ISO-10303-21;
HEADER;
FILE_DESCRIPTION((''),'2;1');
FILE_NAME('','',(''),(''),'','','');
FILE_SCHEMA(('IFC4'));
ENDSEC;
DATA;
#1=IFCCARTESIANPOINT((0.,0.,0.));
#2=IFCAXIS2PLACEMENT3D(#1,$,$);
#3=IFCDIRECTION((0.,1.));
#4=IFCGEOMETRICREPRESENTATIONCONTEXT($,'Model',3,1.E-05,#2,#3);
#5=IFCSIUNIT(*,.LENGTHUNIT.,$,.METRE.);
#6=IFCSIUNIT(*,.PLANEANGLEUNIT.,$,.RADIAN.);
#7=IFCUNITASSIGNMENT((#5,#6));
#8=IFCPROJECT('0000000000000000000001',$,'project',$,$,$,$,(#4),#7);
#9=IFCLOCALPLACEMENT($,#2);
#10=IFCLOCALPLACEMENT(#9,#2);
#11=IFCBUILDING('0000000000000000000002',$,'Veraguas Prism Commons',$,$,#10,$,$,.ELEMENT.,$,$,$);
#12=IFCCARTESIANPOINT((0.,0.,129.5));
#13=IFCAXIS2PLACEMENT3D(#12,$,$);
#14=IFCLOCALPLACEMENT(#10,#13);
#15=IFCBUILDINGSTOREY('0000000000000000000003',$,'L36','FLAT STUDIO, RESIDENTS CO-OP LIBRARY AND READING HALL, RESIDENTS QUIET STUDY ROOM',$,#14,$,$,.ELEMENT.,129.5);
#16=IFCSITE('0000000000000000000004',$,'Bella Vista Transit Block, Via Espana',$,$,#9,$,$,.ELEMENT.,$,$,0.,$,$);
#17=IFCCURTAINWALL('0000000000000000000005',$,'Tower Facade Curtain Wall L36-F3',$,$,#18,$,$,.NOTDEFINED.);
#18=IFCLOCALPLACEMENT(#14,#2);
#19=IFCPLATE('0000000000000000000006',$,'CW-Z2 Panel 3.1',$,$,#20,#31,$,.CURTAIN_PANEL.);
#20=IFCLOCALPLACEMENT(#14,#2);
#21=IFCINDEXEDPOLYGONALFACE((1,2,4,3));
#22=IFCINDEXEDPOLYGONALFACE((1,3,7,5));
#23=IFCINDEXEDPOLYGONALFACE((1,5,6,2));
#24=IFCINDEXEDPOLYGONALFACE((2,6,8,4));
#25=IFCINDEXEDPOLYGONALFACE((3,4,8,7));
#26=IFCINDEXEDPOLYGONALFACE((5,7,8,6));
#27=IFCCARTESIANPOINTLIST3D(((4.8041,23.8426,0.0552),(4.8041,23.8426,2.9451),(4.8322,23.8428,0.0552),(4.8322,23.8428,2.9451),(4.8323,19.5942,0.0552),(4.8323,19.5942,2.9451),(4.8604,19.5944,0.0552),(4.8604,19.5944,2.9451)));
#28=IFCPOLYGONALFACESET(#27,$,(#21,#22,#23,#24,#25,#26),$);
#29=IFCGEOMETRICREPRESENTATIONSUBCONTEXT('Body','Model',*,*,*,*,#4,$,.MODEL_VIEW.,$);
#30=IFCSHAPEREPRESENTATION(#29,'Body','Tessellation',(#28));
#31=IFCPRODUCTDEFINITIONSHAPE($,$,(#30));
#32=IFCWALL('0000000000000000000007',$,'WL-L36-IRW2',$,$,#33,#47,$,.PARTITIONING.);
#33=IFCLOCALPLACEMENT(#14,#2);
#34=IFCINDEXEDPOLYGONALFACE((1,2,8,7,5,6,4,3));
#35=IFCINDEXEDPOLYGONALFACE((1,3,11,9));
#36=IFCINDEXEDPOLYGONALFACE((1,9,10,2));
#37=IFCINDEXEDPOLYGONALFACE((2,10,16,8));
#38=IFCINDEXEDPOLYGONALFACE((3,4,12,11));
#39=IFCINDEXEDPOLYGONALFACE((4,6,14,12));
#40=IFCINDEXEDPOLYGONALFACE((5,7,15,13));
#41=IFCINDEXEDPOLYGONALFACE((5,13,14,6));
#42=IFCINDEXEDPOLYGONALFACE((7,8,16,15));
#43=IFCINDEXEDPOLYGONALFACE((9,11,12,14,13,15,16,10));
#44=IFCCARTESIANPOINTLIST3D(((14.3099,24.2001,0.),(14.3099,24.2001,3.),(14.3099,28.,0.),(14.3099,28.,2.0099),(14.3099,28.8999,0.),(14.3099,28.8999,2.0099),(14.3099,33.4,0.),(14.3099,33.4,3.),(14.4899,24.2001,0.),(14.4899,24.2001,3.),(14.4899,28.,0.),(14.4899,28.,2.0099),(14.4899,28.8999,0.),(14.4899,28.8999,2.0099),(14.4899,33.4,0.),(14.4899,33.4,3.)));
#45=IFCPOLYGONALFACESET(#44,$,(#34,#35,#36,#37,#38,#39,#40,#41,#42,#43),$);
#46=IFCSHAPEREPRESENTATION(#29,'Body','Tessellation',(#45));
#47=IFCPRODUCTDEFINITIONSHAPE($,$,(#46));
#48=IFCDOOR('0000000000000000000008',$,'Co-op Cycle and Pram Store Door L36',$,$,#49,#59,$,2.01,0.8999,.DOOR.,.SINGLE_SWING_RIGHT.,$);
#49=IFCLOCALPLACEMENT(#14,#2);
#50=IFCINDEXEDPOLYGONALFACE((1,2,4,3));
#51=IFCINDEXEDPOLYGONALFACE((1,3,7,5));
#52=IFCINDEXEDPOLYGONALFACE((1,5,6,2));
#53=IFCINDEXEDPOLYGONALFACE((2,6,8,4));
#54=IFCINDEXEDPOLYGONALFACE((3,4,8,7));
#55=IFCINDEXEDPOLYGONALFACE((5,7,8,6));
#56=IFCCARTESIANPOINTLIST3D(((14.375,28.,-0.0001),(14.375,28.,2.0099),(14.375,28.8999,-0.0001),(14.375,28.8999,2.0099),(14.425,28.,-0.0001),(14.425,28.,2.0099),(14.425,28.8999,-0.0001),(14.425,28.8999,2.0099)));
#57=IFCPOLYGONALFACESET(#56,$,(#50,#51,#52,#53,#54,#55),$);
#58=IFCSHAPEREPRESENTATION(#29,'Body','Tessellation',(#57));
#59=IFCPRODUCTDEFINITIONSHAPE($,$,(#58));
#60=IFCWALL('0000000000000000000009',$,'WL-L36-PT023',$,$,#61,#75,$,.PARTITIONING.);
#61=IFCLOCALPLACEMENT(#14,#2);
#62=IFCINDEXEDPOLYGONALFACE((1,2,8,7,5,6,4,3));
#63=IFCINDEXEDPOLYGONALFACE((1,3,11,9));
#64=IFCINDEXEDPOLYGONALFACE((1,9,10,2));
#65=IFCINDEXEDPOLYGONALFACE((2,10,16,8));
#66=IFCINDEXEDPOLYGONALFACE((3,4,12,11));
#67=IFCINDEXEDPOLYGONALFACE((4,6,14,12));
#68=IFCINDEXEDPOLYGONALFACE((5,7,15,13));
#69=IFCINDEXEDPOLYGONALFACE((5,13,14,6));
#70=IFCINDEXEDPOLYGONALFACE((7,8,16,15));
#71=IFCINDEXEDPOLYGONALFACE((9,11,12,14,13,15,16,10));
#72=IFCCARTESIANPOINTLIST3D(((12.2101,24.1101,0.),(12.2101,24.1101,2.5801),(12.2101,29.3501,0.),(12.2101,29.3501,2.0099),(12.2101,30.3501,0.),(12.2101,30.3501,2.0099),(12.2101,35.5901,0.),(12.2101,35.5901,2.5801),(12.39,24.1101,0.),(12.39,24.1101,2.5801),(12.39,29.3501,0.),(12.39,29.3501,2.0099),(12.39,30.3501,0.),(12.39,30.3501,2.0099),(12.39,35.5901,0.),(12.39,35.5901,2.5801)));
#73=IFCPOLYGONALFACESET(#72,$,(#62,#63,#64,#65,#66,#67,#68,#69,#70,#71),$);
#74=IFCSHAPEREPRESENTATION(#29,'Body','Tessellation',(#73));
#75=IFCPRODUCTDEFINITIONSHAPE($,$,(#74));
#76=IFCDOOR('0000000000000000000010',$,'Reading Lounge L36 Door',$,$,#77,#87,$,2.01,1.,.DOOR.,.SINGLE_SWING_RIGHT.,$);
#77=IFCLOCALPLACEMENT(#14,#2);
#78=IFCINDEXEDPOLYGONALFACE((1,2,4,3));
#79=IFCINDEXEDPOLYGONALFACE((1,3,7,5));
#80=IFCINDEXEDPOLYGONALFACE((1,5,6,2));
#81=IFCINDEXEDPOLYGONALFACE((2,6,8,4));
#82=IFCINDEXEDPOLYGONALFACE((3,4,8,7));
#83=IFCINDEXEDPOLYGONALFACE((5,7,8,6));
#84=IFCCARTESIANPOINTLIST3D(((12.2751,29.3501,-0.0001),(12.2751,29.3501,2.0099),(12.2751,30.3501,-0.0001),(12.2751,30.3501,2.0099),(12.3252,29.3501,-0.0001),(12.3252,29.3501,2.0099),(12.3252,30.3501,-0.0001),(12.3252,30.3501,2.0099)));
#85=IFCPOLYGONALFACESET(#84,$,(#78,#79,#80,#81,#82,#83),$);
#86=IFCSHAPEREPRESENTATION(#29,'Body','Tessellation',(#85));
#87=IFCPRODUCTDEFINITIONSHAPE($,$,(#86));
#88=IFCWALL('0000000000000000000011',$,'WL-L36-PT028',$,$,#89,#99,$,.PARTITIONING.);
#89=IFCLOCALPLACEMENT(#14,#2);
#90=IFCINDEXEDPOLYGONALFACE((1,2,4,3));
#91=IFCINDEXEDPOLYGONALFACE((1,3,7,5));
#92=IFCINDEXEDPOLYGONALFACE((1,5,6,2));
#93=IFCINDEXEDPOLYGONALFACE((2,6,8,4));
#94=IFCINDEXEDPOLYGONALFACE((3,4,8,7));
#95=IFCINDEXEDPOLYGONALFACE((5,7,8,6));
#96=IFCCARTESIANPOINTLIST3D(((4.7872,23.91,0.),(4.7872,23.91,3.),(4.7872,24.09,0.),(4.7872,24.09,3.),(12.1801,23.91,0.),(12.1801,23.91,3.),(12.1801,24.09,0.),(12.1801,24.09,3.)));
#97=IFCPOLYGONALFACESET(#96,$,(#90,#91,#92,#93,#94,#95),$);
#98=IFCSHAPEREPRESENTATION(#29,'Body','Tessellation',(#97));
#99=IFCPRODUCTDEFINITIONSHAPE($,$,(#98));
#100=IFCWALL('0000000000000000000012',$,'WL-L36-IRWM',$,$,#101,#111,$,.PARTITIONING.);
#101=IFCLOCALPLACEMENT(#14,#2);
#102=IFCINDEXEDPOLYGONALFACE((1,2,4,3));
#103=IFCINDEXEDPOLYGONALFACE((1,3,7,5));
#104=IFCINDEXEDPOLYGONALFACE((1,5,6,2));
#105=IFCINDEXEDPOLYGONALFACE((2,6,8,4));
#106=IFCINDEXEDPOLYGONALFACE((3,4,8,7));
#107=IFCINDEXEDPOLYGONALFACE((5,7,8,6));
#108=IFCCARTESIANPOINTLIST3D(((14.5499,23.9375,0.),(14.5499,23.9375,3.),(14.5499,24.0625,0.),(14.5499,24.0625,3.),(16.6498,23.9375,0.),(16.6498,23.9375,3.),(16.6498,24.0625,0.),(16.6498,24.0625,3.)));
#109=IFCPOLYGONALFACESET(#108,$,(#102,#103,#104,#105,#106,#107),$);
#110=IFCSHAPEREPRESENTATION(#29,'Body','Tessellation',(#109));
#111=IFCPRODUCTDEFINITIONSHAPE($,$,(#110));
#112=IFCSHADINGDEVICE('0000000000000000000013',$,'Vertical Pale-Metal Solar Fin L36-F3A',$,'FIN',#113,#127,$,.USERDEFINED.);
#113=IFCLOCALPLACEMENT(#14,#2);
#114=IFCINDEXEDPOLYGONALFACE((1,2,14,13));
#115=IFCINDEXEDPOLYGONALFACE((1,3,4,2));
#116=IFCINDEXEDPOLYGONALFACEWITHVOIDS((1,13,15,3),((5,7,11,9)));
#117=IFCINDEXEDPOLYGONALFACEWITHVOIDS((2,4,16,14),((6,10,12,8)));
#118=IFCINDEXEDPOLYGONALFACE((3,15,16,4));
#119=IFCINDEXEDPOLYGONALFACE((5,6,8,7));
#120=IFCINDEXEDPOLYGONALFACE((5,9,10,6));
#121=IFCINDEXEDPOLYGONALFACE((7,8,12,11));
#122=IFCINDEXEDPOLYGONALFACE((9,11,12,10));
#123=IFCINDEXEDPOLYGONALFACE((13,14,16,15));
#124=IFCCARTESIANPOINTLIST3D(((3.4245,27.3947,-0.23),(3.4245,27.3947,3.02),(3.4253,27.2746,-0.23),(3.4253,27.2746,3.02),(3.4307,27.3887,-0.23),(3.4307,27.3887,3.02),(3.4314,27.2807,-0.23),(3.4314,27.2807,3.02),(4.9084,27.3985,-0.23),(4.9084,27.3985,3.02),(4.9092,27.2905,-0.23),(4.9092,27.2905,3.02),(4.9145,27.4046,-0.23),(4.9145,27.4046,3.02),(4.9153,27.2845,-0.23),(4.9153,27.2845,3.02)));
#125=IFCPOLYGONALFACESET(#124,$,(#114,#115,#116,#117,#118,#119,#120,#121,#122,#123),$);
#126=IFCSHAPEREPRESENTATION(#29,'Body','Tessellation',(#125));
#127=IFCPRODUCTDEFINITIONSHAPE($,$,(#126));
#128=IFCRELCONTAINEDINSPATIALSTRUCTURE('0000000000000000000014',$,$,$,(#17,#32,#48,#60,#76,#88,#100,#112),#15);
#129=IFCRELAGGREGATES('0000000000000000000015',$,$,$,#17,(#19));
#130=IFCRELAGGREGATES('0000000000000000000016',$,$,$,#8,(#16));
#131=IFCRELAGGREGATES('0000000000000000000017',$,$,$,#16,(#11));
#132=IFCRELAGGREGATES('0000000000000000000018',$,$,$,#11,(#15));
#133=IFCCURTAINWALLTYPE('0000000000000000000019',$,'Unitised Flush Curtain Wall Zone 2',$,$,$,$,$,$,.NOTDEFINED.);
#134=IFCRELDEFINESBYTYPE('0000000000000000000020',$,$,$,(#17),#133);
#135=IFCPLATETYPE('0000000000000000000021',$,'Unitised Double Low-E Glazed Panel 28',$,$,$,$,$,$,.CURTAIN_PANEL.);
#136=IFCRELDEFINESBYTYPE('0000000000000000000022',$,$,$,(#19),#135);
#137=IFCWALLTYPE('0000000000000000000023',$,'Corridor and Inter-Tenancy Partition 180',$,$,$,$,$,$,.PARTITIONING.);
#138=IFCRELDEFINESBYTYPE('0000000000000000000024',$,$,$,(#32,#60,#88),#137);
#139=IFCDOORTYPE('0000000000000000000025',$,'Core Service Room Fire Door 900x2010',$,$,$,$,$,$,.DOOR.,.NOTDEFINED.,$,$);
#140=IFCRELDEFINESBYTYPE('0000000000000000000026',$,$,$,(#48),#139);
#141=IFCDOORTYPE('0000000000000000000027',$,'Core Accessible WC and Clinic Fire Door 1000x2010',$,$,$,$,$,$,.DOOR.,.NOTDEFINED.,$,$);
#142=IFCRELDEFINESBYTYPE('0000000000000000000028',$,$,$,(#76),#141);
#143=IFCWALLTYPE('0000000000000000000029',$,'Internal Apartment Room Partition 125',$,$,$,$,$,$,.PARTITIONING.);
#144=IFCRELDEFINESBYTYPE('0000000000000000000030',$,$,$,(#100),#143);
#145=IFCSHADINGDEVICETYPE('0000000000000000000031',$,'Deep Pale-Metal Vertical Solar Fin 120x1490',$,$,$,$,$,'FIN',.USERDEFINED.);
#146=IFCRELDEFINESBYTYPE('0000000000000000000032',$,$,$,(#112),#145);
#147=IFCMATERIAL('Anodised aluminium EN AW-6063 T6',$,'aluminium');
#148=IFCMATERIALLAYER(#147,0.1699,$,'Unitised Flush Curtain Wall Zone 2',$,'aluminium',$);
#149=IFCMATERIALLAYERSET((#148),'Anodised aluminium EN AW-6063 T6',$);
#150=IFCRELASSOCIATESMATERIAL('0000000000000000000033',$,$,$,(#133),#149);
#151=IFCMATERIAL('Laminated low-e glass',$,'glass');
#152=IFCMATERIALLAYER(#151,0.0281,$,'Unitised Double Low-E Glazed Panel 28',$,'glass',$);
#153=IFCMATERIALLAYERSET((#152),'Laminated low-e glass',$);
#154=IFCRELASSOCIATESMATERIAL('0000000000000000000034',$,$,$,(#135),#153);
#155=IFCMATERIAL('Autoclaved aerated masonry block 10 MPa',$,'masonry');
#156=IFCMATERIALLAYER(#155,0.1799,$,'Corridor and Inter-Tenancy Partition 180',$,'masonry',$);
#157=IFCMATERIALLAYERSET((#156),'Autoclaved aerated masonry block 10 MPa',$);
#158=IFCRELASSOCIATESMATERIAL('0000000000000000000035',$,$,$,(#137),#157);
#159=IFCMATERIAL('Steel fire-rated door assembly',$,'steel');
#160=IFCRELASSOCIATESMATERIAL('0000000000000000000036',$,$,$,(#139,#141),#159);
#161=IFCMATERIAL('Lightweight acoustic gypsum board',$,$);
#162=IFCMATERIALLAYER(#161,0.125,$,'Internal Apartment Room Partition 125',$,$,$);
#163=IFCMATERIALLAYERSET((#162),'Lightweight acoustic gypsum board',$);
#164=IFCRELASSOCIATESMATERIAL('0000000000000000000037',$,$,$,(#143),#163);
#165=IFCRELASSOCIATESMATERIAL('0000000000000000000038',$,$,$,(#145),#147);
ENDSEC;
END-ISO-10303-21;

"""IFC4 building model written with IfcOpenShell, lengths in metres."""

from ifc_helpers import new_model, si_unit, direction, frame, frame_2d, origin, origin_2d, place, context, subcontext, project, spatial, rectangle, hollow_rectangle, extrude, source, transform, mapped, material, layer, layer_set, material_profile, profile_set, type_object, element, fill, aggregate, save


model = new_model("IFC4")

# Units and contexts
model_context = context("Model", 3, precision=1e-05, world=origin(), true_north=direction((0.0, 1.0)))
body_context = subcontext(model_context, "Body", "Model", "MODEL_VIEW")
ifc_project = project(units=[si_unit("LENGTHUNIT", "METRE"), si_unit("PLANEANGLEUNIT", "RADIAN")], contexts=[model_context])

# Site, building, storey
site_placement = place(None, origin())
site = spatial("IfcSite", under=ifc_project, at=site_placement, Name="Bella Vista Transit Block, Via Espana", CompositionType="ELEMENT", RefElevation=0.0)
building_placement = place(site_placement, origin())
building = spatial("IfcBuilding", under=site, at=building_placement, Name="Veraguas Prism Commons", CompositionType="ELEMENT")
storey_placement = place(building_placement, frame((0.0, 0.0, 129.5)))
storey = spatial("IfcBuildingStorey", under=building, at=storey_placement, Name="L36", Description="FLAT STUDIO, RESIDENTS CO-OP LIBRARY AND READING HALL, RESIDENTS QUIET STUDY ROOM", CompositionType="ELEMENT", Elevation=129.5)

# Curtain wall, plate
ifc_material_1 = material(Name="Anodised aluminium EN AW-6063 T6", Category="aluminium")
ifc_layer_1 = layer(ifc_material_1, 0.1699, Name="Unitised Flush Curtain Wall Zone 2", Category="aluminium")
ifc_layer_set_1 = layer_set([ifc_layer_1], Name="Anodised aluminium EN AW-6063 T6")
curtain_wall_type = type_object("IfcCurtainWallType", Name="Unitised Flush Curtain Wall Zone 2", PredefinedType="NOTDEFINED", material=ifc_layer_set_1)
curtain_wall_placement = place(storey_placement, origin())
curtain_wall = element("IfcCurtainWall", 1, at=curtain_wall_placement, inside=storey, type_object=curtain_wall_type, Name="Tower Facade Curtain Wall L36-F3", PredefinedType="NOTDEFINED")
ifc_material_2 = material(Name="Laminated low-e glass", Category="glass")
ifc_layer_2 = layer(ifc_material_2, 0.0281, Name="Unitised Double Low-E Glazed Panel 28", Category="glass")
ifc_layer_set_2 = layer_set([ifc_layer_2], Name="Laminated low-e glass")
plate_type = type_object("IfcPlateType", Name="Unitised Double Low-E Glazed Panel 28", PredefinedType="CURTAIN_PANEL", material=ifc_layer_set_2)
shared_shape_1 = source(origin(), body_context, "Body", "SweptSolid", [
    extrude(rectangle(XDim=4.2485, YDim=0.0281, at=origin_2d()), origin(), (0.0, 0.0, 1.0), 2.8899),
])
plate_1_placement = place(storey_placement, frame((4.8323, 21.7185, 0.0552), z_axis=(0.0, 0.0, 1.0), x_axis=(0.006632, -0.999978, 0.0)))
plate_1 = element("IfcPlate", 2, at=plate_1_placement, type_object=plate_type, Name="CW-Z2 Panel 3.1", PredefinedType="CURTAIN_PANEL", context=body_context, shape_type="MappedRepresentation", body=[
    mapped(shared_shape_1, transform((0.0, 0.0, 0.0), scale=1.0)),
])
aggregate(curtain_wall, [plate_1])

# Walls, openings, doors
ifc_material_3 = material(Name="Autoclaved aerated masonry block 10 MPa", Category="masonry")
ifc_layer_3 = layer(ifc_material_3, 0.1799, Name="Corridor and Inter-Tenancy Partition 180", Category="masonry")
ifc_layer_set_3 = layer_set([ifc_layer_3], Name="Autoclaved aerated masonry block 10 MPa")
wall_type_1 = type_object("IfcWallType", Name="Corridor and Inter-Tenancy Partition 180", PredefinedType="PARTITIONING", material=ifc_layer_set_3)
wall_1_placement = place(storey_placement, frame((14.3999, 24.2, 0.0), z_axis=(0.0, 0.0, 1.0), x_axis=(0.0, 1.0, 0.0)))
wall_1 = element("IfcWall", 3, at=wall_1_placement, inside=storey, type_object=wall_type_1, Name="WL-L36-IRW2", PredefinedType="PARTITIONING", context=body_context, shape_type="SweptSolid", body=[
    extrude(rectangle(XDim=9.2, YDim=0.1799, at=frame_2d((4.6001, 0.0))), origin(), (0.0, 0.0, 1.0), 3.0),
])
opening_1_placement = place(wall_1_placement, frame((3.8, 0.0, 0.0)))
opening_1 = element("IfcOpeningElement", 4, at=opening_1_placement, cuts=wall_1, PredefinedType="OPENING", context=body_context, shape_type="SweptSolid", body=[
    extrude(rectangle(XDim=0.8999, YDim=2.01, at=frame_2d((0.45, 1.0049))), frame((0.0, 0.0999, 0.0), z_axis=(0.0, -1.0, 0.0), x_axis=(1.0, 0.0, 0.0)), (0.0, 0.0, 1.0), 0.2),
])
ifc_material_4 = material(Name="Steel fire-rated door assembly", Category="steel")
door_type_1 = type_object("IfcDoorType", Name="Core Service Room Fire Door 900x2010", OperationType="NOTDEFINED", PredefinedType="DOOR", material=ifc_material_4)
shared_shape_2 = source(origin(), body_context, "Body", "SweptSolid", [
    extrude(rectangle(XDim=0.8999, YDim=2.01, at=frame_2d((0.45, 1.0049))), frame((0.0, 0.0249, 0.0), z_axis=(0.0, -1.0, 0.0), x_axis=(1.0, 0.0, 0.0)), (0.0, 0.0, 1.0), 0.05),
])
door_1_placement = place(opening_1_placement, origin())
door_1 = element("IfcDoor", 5, at=door_1_placement, inside=storey, type_object=door_type_1, Name="Co-op Cycle and Pram Store Door L36", OperationType="SINGLE_SWING_RIGHT", OverallHeight=2.01, OverallWidth=0.8999, PredefinedType="DOOR", context=body_context, shape_type="MappedRepresentation", body=[
    mapped(shared_shape_2, transform((0.0, 0.0, 0.0), scale=1.0)),
])
fill(opening_1, door_1)
wall_2_placement = place(storey_placement, frame((12.3, 24.1101, 0.0), z_axis=(0.0, 0.0, 1.0), x_axis=(0.0, 1.0, 0.0)))
wall_2 = element("IfcWall", 6, at=wall_2_placement, inside=storey, type_object=wall_type_1, Name="WL-L36-PT023", PredefinedType="PARTITIONING", context=body_context, shape_type="SweptSolid", body=[
    extrude(rectangle(XDim=11.48, YDim=0.1799, at=frame_2d((5.74, 0.0))), origin(), (0.0, 0.0, 1.0), 2.5801),
])
opening_2_placement = place(wall_2_placement, frame((5.24, 0.0, 0.0)))
opening_2 = element("IfcOpeningElement", 7, at=opening_2_placement, cuts=wall_2, PredefinedType="OPENING", context=body_context, shape_type="SweptSolid", body=[
    extrude(rectangle(XDim=1.0, YDim=2.01, at=frame_2d((0.5, 1.0049))), frame((0.0, 0.0999, 0.0), z_axis=(0.0, -1.0, 0.0), x_axis=(1.0, 0.0, 0.0)), (0.0, 0.0, 1.0), 0.2),
])
door_type_2 = type_object("IfcDoorType", Name="Core Accessible WC and Clinic Fire Door 1000x2010", OperationType="NOTDEFINED", PredefinedType="DOOR", material=ifc_material_4)
shared_shape_3 = source(origin(), body_context, "Body", "SweptSolid", [
    extrude(rectangle(XDim=1.0, YDim=2.01, at=frame_2d((0.5, 1.0049))), frame((0.0, 0.0249, 0.0), z_axis=(0.0, -1.0, 0.0), x_axis=(1.0, 0.0, 0.0)), (0.0, 0.0, 1.0), 0.05),
])
door_2_placement = place(opening_2_placement, origin())
door_2 = element("IfcDoor", 8, at=door_2_placement, inside=storey, type_object=door_type_2, Name="Reading Lounge L36 Door", OperationType="SINGLE_SWING_RIGHT", OverallHeight=2.01, OverallWidth=1.0, PredefinedType="DOOR", context=body_context, shape_type="MappedRepresentation", body=[
    mapped(shared_shape_3, transform((0.0, 0.0, 0.0), scale=1.0)),
])
fill(opening_2, door_2)

# Walls
wall_3_placement = place(storey_placement, frame((12.1799, 24.0, 0.0), z_axis=(0.0, 0.0, 1.0), x_axis=(-1.0, 0.0, 0.0)))
element("IfcWall", 9, at=wall_3_placement, inside=storey, type_object=wall_type_1, Name="WL-L36-PT028", PredefinedType="PARTITIONING", context=body_context, shape_type="SweptSolid", body=[
    extrude(rectangle(XDim=7.3928, YDim=0.1799, at=frame_2d((3.6963, 0.0))), origin(), (0.0, 0.0, 1.0), 3.0),
])
ifc_material_5 = material(Name="Lightweight acoustic gypsum board")
ifc_layer_4 = layer(ifc_material_5, 0.125, Name="Internal Apartment Room Partition 125")
ifc_layer_set_4 = layer_set([ifc_layer_4], Name="Lightweight acoustic gypsum board")
wall_type_2 = type_object("IfcWallType", Name="Internal Apartment Room Partition 125", PredefinedType="PARTITIONING", material=ifc_layer_set_4)
wall_4_placement = place(storey_placement, frame((14.55, 24.0, 0.0), z_axis=(0.0, 0.0, 1.0), x_axis=(1.0, 0.0, 0.0)))
element("IfcWall", 10, at=wall_4_placement, inside=storey, type_object=wall_type_2, Name="WL-L36-IRWM", PredefinedType="PARTITIONING", context=body_context, shape_type="SweptSolid", body=[
    extrude(rectangle(XDim=2.0999, YDim=0.125, at=frame_2d((1.0498, 0.0))), origin(), (0.0, 0.0, 1.0), 3.0),
])

# Shading device
ifc_material_profile_1 = material_profile(ifc_material_1, hollow_rectangle(XDim=0.1201, YDim=1.49, WallThickness=0.0061, at=origin_2d()), Name="FIN120X1490X6")
ifc_profile_set_1 = profile_set([ifc_material_profile_1], Name="Anodised aluminium EN AW-6063 T6")
shading_device_type = type_object("IfcShadingDeviceType", Name="Deep Pale-Metal Vertical Solar Fin 120x1490", ElementType="FIN", PredefinedType="USERDEFINED", material=ifc_profile_set_1)
shading_device_placement = place(storey_placement, frame((4.1699, 27.3396, -0.23), z_axis=(0.0, 0.0, 1.0), x_axis=(0.006632, -0.999978, 0.0)))
element("IfcShadingDevice", 11, at=shading_device_placement, inside=storey, type_object=shading_device_type, Name="Vertical Pale-Metal Solar Fin L36-F3A", ObjectType="FIN", PredefinedType="USERDEFINED", context=body_context, shape_type="SweptSolid", body=[
    extrude(hollow_rectangle(XDim=0.1201, YDim=1.49, WallThickness=0.0061, at=origin_2d()), origin(), (0.0, 0.0, 1.0), 3.25),
])

save(model, "model.ifc")
